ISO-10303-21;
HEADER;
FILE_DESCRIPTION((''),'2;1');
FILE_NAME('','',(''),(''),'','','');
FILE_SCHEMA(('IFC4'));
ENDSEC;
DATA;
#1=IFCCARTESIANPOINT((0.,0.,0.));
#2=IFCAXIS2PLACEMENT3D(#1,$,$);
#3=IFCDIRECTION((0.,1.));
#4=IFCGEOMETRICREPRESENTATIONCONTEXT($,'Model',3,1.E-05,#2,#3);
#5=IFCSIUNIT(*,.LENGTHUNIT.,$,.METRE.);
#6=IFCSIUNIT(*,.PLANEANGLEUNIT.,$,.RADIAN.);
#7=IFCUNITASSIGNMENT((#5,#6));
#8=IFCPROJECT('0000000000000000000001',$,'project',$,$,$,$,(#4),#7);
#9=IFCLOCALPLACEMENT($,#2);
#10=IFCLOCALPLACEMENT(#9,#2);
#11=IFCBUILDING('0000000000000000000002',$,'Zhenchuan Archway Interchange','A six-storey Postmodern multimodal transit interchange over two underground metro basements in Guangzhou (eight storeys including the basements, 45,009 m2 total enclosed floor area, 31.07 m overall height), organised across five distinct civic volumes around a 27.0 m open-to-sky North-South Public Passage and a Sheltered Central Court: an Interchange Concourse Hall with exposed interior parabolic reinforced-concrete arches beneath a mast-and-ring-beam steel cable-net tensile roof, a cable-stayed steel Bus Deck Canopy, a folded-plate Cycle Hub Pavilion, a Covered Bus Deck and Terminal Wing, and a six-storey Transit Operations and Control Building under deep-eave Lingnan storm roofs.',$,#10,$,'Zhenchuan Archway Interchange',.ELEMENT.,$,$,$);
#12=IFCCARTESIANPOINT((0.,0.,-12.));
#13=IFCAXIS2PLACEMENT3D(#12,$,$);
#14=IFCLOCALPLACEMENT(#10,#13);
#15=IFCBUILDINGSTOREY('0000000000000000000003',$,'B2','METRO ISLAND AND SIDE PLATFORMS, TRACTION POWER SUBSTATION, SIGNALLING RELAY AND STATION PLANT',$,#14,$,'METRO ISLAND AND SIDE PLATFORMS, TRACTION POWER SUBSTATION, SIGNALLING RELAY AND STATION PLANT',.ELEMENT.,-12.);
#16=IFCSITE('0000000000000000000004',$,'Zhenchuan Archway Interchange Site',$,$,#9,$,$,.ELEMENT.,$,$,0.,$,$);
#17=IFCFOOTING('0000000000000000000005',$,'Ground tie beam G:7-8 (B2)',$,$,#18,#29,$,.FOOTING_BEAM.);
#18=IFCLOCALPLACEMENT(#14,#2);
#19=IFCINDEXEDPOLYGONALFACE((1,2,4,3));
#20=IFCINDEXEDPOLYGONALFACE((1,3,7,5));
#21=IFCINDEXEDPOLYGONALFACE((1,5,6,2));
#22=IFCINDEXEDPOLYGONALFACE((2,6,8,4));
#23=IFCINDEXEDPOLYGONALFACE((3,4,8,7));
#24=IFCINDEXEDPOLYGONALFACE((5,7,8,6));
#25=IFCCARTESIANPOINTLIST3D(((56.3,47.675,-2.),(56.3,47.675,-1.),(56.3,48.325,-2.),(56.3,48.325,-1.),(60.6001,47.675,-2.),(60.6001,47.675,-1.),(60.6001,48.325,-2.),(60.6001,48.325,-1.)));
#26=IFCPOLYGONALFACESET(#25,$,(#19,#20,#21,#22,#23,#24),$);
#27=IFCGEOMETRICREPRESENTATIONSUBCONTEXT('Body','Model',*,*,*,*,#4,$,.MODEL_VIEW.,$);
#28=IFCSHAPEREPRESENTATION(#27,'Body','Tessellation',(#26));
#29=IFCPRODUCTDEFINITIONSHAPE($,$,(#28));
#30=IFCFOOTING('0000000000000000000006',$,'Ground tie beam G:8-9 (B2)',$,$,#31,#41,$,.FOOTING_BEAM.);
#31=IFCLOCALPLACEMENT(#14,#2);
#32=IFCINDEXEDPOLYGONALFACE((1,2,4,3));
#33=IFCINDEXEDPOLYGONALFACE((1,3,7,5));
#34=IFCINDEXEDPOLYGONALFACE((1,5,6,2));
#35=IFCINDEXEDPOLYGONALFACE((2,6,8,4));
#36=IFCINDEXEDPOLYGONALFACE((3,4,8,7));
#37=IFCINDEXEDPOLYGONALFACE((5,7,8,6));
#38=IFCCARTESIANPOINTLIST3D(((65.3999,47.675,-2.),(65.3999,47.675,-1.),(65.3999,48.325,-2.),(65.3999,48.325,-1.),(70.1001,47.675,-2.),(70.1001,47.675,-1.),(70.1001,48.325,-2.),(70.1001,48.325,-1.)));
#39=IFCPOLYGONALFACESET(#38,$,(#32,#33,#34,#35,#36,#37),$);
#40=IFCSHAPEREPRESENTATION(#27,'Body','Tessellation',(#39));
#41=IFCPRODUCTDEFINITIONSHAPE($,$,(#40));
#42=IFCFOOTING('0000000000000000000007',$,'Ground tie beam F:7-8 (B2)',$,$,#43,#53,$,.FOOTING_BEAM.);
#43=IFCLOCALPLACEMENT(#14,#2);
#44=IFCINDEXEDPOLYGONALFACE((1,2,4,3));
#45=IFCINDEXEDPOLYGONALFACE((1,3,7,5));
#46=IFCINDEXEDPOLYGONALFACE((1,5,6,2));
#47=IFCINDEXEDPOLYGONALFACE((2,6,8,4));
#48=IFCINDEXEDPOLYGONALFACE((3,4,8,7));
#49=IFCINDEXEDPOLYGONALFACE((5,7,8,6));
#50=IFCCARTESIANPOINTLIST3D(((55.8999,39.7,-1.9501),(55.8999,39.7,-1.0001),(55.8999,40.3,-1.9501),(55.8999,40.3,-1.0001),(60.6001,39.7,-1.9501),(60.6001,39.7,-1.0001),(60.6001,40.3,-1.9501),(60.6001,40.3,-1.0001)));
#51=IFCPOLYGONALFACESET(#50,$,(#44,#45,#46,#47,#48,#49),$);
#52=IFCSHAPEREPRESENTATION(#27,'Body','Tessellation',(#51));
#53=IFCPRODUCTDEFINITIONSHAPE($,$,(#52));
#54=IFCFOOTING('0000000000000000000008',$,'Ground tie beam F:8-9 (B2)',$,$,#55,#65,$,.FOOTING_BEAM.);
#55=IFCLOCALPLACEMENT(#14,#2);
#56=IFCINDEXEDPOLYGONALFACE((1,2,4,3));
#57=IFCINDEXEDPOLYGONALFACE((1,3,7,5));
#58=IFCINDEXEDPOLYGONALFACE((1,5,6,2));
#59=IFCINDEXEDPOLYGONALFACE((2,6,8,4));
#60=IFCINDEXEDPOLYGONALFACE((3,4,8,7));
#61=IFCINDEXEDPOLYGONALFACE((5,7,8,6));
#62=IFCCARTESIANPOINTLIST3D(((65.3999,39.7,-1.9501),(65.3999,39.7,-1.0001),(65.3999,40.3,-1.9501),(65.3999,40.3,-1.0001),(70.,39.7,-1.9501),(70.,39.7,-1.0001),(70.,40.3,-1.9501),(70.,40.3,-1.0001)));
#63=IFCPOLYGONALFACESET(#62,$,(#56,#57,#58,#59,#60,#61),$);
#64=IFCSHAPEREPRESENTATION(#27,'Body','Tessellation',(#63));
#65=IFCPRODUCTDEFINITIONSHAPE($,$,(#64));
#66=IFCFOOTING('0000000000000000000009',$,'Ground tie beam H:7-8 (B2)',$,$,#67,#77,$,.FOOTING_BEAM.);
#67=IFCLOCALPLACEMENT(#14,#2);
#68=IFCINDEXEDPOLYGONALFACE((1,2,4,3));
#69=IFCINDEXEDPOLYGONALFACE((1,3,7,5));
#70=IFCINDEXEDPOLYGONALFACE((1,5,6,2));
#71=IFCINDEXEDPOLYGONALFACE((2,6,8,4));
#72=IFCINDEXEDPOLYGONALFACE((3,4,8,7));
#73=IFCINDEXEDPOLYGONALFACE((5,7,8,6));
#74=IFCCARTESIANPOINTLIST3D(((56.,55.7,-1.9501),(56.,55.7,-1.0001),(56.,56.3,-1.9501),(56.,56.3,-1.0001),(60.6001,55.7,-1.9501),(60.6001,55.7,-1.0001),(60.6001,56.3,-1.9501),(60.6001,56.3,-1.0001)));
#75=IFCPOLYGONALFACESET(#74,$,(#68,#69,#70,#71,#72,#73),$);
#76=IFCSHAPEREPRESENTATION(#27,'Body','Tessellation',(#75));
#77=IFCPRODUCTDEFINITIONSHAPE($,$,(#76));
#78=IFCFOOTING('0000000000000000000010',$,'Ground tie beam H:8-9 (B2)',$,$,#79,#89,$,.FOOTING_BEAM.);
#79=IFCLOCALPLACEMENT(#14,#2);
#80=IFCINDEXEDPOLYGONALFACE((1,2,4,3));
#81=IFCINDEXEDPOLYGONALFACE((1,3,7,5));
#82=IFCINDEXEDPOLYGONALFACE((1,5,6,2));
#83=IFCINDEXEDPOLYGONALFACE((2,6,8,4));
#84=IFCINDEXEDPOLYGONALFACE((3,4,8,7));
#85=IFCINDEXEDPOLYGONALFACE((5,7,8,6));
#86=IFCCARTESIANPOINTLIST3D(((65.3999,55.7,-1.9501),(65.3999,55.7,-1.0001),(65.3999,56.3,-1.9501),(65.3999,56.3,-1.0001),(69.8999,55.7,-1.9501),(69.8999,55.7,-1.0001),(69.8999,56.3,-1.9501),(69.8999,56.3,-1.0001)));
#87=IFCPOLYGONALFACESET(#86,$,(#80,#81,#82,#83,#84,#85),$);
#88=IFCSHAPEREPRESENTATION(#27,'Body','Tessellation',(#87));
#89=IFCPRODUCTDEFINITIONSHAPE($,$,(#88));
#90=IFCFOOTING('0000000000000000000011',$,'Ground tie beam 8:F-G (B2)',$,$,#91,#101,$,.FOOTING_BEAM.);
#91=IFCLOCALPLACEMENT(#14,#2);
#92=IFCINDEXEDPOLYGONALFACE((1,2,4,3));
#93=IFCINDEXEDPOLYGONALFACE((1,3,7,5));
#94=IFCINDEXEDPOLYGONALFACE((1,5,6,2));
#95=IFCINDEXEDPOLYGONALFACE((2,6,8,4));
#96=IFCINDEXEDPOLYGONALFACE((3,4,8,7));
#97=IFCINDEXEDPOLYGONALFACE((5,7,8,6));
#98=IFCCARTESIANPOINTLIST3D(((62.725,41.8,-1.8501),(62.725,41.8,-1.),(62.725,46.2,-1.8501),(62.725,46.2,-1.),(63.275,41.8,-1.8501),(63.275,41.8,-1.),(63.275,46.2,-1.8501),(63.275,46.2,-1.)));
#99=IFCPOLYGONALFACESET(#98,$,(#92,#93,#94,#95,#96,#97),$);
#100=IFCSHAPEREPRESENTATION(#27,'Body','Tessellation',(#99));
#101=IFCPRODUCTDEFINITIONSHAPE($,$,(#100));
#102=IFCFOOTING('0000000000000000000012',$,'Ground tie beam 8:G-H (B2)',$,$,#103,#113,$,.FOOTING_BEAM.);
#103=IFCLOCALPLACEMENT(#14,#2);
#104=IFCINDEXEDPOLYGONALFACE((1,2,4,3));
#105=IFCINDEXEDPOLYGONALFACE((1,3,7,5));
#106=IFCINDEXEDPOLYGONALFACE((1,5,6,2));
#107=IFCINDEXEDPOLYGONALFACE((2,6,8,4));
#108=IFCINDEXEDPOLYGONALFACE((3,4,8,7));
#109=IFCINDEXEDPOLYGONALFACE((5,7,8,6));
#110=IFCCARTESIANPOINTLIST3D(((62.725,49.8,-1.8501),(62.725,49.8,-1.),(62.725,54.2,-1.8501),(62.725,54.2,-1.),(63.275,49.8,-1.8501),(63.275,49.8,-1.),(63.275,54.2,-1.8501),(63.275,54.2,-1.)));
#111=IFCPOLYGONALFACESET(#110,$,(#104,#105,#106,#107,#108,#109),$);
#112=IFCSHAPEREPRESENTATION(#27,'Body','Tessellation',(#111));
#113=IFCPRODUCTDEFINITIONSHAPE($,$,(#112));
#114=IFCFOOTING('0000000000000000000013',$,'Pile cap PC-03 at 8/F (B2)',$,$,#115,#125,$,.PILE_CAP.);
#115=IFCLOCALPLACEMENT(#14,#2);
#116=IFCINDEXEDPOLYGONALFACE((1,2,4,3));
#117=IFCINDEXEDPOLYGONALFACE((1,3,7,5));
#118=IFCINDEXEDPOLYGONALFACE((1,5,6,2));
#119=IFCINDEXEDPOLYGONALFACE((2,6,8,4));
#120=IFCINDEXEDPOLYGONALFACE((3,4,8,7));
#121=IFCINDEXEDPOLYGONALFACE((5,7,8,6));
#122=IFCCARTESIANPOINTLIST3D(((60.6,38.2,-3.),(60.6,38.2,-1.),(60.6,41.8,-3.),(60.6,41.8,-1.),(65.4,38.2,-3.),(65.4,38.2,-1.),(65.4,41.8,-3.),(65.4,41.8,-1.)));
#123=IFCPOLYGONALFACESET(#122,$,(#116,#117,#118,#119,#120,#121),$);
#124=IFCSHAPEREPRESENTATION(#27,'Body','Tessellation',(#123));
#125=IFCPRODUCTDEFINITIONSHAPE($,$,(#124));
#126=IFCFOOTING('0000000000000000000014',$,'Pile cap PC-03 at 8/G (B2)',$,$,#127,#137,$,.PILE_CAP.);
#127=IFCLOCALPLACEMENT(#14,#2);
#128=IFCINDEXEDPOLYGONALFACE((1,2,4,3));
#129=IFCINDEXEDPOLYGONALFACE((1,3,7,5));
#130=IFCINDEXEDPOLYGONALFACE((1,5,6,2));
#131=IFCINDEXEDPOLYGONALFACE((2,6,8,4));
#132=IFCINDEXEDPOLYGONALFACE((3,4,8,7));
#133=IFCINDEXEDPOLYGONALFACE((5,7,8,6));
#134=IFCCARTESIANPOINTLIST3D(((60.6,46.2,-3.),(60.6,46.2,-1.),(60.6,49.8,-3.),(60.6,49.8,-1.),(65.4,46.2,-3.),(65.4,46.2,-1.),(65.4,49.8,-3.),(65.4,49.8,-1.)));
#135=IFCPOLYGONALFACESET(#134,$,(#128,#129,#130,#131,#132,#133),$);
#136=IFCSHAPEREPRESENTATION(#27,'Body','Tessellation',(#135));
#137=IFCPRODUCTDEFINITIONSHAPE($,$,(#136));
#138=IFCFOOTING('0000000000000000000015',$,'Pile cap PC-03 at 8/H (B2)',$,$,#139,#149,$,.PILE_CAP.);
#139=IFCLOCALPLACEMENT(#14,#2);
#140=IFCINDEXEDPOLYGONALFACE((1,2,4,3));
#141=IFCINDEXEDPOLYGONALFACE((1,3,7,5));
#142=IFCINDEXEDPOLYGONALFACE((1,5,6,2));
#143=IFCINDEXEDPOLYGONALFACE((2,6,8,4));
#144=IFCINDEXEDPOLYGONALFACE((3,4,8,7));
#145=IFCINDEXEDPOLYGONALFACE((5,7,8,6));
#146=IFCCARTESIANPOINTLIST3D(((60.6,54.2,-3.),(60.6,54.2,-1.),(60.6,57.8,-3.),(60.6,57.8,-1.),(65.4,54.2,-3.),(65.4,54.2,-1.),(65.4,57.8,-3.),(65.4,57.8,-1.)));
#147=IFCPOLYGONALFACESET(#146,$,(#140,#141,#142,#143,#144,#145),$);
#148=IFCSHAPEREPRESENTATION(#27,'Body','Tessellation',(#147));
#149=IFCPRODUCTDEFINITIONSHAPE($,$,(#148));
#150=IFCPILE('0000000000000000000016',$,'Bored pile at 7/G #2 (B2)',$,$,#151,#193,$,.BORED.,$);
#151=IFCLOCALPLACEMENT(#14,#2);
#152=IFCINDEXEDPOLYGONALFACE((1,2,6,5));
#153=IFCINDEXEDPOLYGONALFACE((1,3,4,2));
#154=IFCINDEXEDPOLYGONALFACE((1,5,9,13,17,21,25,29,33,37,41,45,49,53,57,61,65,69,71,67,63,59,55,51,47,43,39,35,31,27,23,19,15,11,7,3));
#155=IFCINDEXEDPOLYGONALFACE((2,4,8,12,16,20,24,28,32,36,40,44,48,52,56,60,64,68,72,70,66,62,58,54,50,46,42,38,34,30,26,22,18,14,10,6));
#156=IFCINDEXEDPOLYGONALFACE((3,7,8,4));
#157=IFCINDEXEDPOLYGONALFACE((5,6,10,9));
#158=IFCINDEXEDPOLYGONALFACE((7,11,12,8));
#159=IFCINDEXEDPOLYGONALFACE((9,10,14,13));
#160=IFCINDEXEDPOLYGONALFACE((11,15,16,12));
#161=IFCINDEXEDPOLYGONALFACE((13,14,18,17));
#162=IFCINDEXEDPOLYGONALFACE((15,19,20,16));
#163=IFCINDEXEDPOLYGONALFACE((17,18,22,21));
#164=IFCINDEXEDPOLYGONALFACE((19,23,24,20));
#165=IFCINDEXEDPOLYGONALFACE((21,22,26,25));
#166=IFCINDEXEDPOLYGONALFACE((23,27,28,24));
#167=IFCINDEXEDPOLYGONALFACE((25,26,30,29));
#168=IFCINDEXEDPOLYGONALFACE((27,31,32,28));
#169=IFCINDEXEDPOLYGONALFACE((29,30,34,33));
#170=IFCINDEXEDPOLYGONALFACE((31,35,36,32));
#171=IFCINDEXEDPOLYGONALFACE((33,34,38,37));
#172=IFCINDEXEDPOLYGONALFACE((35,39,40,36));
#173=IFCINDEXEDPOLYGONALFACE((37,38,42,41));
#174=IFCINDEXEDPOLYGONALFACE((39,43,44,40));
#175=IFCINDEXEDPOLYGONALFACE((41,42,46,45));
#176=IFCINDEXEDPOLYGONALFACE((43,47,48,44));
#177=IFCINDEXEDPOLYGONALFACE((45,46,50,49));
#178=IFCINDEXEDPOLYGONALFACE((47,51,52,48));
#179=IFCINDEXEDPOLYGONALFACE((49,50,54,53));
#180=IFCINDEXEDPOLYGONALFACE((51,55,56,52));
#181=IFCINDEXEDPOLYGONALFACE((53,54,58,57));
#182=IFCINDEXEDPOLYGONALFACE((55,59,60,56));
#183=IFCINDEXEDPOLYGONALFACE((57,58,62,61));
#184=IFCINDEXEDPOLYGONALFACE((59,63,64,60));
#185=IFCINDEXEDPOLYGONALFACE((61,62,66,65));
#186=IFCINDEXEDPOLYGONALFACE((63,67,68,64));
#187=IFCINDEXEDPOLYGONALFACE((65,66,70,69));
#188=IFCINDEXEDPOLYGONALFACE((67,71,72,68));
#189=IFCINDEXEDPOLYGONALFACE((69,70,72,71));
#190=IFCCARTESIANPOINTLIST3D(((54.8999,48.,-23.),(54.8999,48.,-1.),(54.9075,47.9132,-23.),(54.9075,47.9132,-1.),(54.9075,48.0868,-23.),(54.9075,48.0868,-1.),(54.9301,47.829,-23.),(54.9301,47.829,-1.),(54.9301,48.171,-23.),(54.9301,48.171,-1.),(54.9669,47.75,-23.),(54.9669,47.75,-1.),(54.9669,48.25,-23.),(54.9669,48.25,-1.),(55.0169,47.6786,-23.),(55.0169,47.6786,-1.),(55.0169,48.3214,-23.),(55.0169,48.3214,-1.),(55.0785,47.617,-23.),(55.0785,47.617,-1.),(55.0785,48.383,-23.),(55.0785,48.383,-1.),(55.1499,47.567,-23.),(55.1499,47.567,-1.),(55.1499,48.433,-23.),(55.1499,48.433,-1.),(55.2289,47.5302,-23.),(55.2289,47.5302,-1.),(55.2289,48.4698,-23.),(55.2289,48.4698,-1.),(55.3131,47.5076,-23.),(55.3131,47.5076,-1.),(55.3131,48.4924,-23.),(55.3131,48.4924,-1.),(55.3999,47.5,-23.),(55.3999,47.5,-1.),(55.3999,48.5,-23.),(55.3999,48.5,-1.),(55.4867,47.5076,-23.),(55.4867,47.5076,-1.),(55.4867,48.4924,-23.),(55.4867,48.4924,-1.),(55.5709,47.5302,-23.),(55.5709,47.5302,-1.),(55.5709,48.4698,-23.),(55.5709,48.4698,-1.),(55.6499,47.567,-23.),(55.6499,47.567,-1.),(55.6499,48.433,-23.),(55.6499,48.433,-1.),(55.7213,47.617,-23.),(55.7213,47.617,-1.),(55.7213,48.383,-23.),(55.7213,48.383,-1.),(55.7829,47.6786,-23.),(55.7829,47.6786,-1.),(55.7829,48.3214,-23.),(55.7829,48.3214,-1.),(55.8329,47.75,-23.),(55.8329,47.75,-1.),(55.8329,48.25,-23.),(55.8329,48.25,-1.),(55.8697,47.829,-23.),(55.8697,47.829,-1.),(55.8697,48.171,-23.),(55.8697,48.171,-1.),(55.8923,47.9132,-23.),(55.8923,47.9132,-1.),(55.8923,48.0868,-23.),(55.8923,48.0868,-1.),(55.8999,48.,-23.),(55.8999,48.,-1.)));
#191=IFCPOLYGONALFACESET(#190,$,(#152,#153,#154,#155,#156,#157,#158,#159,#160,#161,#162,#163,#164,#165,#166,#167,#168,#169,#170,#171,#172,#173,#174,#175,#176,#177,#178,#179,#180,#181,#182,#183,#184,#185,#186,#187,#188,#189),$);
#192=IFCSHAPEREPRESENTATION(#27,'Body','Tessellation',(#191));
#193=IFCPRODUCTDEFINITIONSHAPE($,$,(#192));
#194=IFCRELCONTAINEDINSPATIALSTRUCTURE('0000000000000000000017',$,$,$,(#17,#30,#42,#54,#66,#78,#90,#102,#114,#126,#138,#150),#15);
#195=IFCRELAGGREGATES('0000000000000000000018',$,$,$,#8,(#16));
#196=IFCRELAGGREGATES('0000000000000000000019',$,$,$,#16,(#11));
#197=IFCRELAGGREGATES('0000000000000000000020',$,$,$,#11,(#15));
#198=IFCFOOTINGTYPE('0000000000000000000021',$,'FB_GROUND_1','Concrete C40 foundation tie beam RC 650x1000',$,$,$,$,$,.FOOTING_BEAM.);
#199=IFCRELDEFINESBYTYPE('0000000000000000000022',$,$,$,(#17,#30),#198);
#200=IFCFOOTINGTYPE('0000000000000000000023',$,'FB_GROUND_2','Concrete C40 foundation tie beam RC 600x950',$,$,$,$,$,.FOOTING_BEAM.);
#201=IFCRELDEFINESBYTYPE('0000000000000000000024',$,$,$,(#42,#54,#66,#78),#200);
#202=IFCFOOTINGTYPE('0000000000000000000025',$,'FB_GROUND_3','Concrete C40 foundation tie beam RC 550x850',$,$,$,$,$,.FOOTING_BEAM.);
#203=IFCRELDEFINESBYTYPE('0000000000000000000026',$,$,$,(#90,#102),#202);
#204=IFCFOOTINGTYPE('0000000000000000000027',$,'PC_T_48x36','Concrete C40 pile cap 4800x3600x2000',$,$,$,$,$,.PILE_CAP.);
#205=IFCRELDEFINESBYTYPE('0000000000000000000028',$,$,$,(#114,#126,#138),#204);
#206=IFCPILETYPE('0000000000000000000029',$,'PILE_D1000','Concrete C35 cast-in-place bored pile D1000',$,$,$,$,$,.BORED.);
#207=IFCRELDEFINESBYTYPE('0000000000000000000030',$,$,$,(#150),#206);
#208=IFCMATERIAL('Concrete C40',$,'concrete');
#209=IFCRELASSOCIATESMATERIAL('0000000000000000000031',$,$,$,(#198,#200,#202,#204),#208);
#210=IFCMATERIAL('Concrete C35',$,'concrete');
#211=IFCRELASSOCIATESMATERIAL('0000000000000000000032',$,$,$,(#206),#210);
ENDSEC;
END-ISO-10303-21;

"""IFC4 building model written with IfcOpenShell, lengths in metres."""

from ifc_helpers import new_model, si_unit, direction, frame, origin, origin_2d, place, context, subcontext, project, spatial, rectangle, circle, extrude, material, material_profile, profile_set, type_object, element, save


model = new_model("IFC4")

# Units and contexts
model_context = context("Model", 3, precision=1e-05, world=origin(), true_north=direction((0.0, 1.0)))
body_context = subcontext(model_context, "Body", "Model", "MODEL_VIEW")
ifc_project = project(units=[si_unit("LENGTHUNIT", "METRE"), si_unit("PLANEANGLEUNIT", "RADIAN")], contexts=[model_context])

# Site, building, storey
site_placement = place(None, origin())
site = spatial("IfcSite", under=ifc_project, at=site_placement, Name="Zhenchuan Archway Interchange Site", CompositionType="ELEMENT", RefElevation=0.0)
building_placement = place(site_placement, origin())
building = spatial("IfcBuilding", under=site, at=building_placement, Name="Zhenchuan Archway Interchange", Description="A six-storey Postmodern multimodal transit interchange over two underground metro basements in Guangzhou (eight storeys including the basements, 45,009 m2 total enclosed floor area, 31.07 m overall height), organised across five distinct civic volumes around a 27.0 m open-to-sky North-South Public Passage and a Sheltered Central Court: an Interchange Concourse Hall with exposed interior parabolic reinforced-concrete arches beneath a mast-and-ring-beam steel cable-net tensile roof, a cable-stayed steel Bus Deck Canopy, a folded-plate Cycle Hub Pavilion, a Covered Bus Deck and Terminal Wing, and a six-storey Transit Operations and Control Building under deep-eave Lingnan storm roofs.", LongName="Zhenchuan Archway Interchange", CompositionType="ELEMENT")
storey_placement = place(building_placement, frame((0.0, 0.0, -12.0)))
storey = spatial("IfcBuildingStorey", under=building, at=storey_placement, Name="B2", Description="METRO ISLAND AND SIDE PLATFORMS, TRACTION POWER SUBSTATION, SIGNALLING RELAY AND STATION PLANT", LongName="METRO ISLAND AND SIDE PLATFORMS, TRACTION POWER SUBSTATION, SIGNALLING RELAY AND STATION PLANT", CompositionType="ELEMENT", Elevation=-12.0)

# Footings
ifc_material_1 = material(Name="Concrete C40", Category="concrete")
ifc_material_profile_1 = material_profile(ifc_material_1, rectangle(XDim=0.6499, YDim=1.0, at=origin_2d()), Name="RC 650x1000")
ifc_profile_set_1 = profile_set([ifc_material_profile_1], Name="Concrete C40")
footing_type_1 = type_object("IfcFootingType", Name="FB_GROUND_1", Description="Concrete C40 foundation tie beam RC 650x1000", PredefinedType="FOOTING_BEAM", material=ifc_profile_set_1)
footing_1_placement = place(storey_placement, frame((56.3, 48.0, -1.5), z_axis=(1.0, 0.0, 0.0), x_axis=(0.0, 1.0, 0.0)))
element("IfcFooting", 1, at=footing_1_placement, inside=storey, type_object=footing_type_1, Name="Ground tie beam G:7-8 (B2)", PredefinedType="FOOTING_BEAM", context=body_context, shape_type="SweptSolid", body=[
    extrude(rectangle(XDim=0.6499, YDim=1.0, at=origin_2d()), origin(), (0.0, 0.0, 1.0), 4.3),
])
footing_2_placement = place(storey_placement, frame((65.3999, 48.0, -1.5), z_axis=(1.0, 0.0, 0.0), x_axis=(0.0, 1.0, 0.0)))
element("IfcFooting", 2, at=footing_2_placement, inside=storey, type_object=footing_type_1, Name="Ground tie beam G:8-9 (B2)", PredefinedType="FOOTING_BEAM", context=body_context, shape_type="SweptSolid", body=[
    extrude(rectangle(XDim=0.6499, YDim=1.0, at=origin_2d()), origin(), (0.0, 0.0, 1.0), 4.7002),
])
ifc_material_profile_2 = material_profile(ifc_material_1, rectangle(XDim=0.6001, YDim=0.95, at=origin_2d()), Name="RC 600x950")
ifc_profile_set_2 = profile_set([ifc_material_profile_2], Name="Concrete C40")
footing_type_2 = type_object("IfcFootingType", Name="FB_GROUND_2", Description="Concrete C40 foundation tie beam RC 600x950", PredefinedType="FOOTING_BEAM", material=ifc_profile_set_2)
footing_3_placement = place(storey_placement, frame((55.8999, 40.0, -1.4751), z_axis=(1.0, 0.0, 0.0), x_axis=(0.0, 1.0, 0.0)))
element("IfcFooting", 3, at=footing_3_placement, inside=storey, type_object=footing_type_2, Name="Ground tie beam F:7-8 (B2)", PredefinedType="FOOTING_BEAM", context=body_context, shape_type="SweptSolid", body=[
    extrude(rectangle(XDim=0.6001, YDim=0.95, at=origin_2d()), origin(), (0.0, 0.0, 1.0), 4.7002),
])
for number, where, z_axis, x_axis, name in (
    (4, (65.3999, 40.0, -1.4751), (1.0, 0.0, 0.0), (0.0, 1.0, 0.0), "Ground tie beam F:8-9 (B2)"),
    (5, (56.0, 56.0, -1.4751), (1.0, 0.0, 0.0), (0.0, 1.0, 0.0), "Ground tie beam H:7-8 (B2)"),
):
    element("IfcFooting", number, at=place(storey_placement, frame(where, z_axis=z_axis, x_axis=x_axis)), inside=storey, type_object=footing_type_2, Name=name, PredefinedType="FOOTING_BEAM", context=body_context, shape_type="SweptSolid", body=[
        extrude(rectangle(XDim=0.6001, YDim=0.95, at=origin_2d()), origin(), (0.0, 0.0, 1.0), 4.6001),
    ])
footing_4_placement = place(storey_placement, frame((65.3999, 56.0, -1.4751), z_axis=(1.0, 0.0, 0.0), x_axis=(0.0, 1.0, 0.0)))
element("IfcFooting", 6, at=footing_4_placement, inside=storey, type_object=footing_type_2, Name="Ground tie beam H:8-9 (B2)", PredefinedType="FOOTING_BEAM", context=body_context, shape_type="SweptSolid", body=[
    extrude(rectangle(XDim=0.6001, YDim=0.95, at=origin_2d()), origin(), (0.0, 0.0, 1.0), 4.5),
])
ifc_material_profile_3 = material_profile(ifc_material_1, rectangle(XDim=0.55, YDim=0.8501, at=origin_2d()), Name="RC 550x850")
ifc_profile_set_3 = profile_set([ifc_material_profile_3], Name="Concrete C40")
footing_type_3 = type_object("IfcFootingType", Name="FB_GROUND_3", Description="Concrete C40 foundation tie beam RC 550x850", PredefinedType="FOOTING_BEAM", material=ifc_profile_set_3)
for number, where, z_axis, x_axis, name in (
    (7, (63.0, 41.8, -1.425), (0.0, 1.0, 0.0), (-1.0, 0.0, 0.0), "Ground tie beam 8:F-G (B2)"),
    (8, (63.0, 49.8, -1.425), (0.0, 1.0, 0.0), (-1.0, 0.0, 0.0), "Ground tie beam 8:G-H (B2)"),
):
    element("IfcFooting", number, at=place(storey_placement, frame(where, z_axis=z_axis, x_axis=x_axis)), inside=storey, type_object=footing_type_3, Name=name, PredefinedType="FOOTING_BEAM", context=body_context, shape_type="SweptSolid", body=[
        extrude(rectangle(XDim=0.55, YDim=0.8501, at=origin_2d()), origin(), (0.0, 0.0, 1.0), 4.3999),
    ])
footing_type_4 = type_object("IfcFootingType", Name="PC_T_48x36", Description="Concrete C40 pile cap 4800x3600x2000", PredefinedType="PILE_CAP", material=ifc_material_1)
for number, where, z_axis, x_axis, name in (
    (9, (63.0, 40.0, -3.0), (0.0, 0.0, 1.0), (1.0, 0.0, 0.0), "Pile cap PC-03 at 8/F (B2)"),
    (10, (63.0, 48.0, -3.0), (0.0, 0.0, 1.0), (1.0, 0.0, 0.0), "Pile cap PC-03 at 8/G (B2)"),
    (11, (63.0, 56.0, -3.0), (0.0, 0.0, 1.0), (1.0, 0.0, 0.0), "Pile cap PC-03 at 8/H (B2)"),
):
    element("IfcFooting", number, at=place(storey_placement, frame(where, z_axis=z_axis, x_axis=x_axis)), inside=storey, type_object=footing_type_4, Name=name, PredefinedType="PILE_CAP", context=body_context, shape_type="SweptSolid", body=[
        extrude(rectangle(XDim=4.8, YDim=3.6001, at=origin_2d()), origin(), (0.0, 0.0, 1.0), 2.0),
    ])

# Pile
ifc_material_2 = material(Name="Concrete C35", Category="concrete")
ifc_material_profile_4 = material_profile(ifc_material_2, circle(Radius=0.5, at=origin_2d()), Name="BORED PILE 1000")
ifc_profile_set_4 = profile_set([ifc_material_profile_4], Name="Concrete C35")
pile_type_1 = type_object("IfcPileType", Name="PILE_D1000", Description="Concrete C35 cast-in-place bored pile D1000", PredefinedType="BORED", material=ifc_profile_set_4)
for number, where, z_axis, x_axis, name in (
    (12, (55.3999, 48.0, -1.0), (0.0, 0.0, -1.0), (1.0, 0.0, 0.0), "Bored pile at 7/G #2 (B2)"),
):
    element("IfcPile", number, at=place(storey_placement, frame(where, z_axis=z_axis, x_axis=x_axis)), inside=storey, type_object=pile_type_1, Name=name, PredefinedType="BORED", context=body_context, shape_type="SweptSolid", body=[
        extrude(circle(Radius=0.5, at=origin_2d()), origin(), (0.0, 0.0, 1.0), 22.0),
    ])

save(model, "model.ifc")
